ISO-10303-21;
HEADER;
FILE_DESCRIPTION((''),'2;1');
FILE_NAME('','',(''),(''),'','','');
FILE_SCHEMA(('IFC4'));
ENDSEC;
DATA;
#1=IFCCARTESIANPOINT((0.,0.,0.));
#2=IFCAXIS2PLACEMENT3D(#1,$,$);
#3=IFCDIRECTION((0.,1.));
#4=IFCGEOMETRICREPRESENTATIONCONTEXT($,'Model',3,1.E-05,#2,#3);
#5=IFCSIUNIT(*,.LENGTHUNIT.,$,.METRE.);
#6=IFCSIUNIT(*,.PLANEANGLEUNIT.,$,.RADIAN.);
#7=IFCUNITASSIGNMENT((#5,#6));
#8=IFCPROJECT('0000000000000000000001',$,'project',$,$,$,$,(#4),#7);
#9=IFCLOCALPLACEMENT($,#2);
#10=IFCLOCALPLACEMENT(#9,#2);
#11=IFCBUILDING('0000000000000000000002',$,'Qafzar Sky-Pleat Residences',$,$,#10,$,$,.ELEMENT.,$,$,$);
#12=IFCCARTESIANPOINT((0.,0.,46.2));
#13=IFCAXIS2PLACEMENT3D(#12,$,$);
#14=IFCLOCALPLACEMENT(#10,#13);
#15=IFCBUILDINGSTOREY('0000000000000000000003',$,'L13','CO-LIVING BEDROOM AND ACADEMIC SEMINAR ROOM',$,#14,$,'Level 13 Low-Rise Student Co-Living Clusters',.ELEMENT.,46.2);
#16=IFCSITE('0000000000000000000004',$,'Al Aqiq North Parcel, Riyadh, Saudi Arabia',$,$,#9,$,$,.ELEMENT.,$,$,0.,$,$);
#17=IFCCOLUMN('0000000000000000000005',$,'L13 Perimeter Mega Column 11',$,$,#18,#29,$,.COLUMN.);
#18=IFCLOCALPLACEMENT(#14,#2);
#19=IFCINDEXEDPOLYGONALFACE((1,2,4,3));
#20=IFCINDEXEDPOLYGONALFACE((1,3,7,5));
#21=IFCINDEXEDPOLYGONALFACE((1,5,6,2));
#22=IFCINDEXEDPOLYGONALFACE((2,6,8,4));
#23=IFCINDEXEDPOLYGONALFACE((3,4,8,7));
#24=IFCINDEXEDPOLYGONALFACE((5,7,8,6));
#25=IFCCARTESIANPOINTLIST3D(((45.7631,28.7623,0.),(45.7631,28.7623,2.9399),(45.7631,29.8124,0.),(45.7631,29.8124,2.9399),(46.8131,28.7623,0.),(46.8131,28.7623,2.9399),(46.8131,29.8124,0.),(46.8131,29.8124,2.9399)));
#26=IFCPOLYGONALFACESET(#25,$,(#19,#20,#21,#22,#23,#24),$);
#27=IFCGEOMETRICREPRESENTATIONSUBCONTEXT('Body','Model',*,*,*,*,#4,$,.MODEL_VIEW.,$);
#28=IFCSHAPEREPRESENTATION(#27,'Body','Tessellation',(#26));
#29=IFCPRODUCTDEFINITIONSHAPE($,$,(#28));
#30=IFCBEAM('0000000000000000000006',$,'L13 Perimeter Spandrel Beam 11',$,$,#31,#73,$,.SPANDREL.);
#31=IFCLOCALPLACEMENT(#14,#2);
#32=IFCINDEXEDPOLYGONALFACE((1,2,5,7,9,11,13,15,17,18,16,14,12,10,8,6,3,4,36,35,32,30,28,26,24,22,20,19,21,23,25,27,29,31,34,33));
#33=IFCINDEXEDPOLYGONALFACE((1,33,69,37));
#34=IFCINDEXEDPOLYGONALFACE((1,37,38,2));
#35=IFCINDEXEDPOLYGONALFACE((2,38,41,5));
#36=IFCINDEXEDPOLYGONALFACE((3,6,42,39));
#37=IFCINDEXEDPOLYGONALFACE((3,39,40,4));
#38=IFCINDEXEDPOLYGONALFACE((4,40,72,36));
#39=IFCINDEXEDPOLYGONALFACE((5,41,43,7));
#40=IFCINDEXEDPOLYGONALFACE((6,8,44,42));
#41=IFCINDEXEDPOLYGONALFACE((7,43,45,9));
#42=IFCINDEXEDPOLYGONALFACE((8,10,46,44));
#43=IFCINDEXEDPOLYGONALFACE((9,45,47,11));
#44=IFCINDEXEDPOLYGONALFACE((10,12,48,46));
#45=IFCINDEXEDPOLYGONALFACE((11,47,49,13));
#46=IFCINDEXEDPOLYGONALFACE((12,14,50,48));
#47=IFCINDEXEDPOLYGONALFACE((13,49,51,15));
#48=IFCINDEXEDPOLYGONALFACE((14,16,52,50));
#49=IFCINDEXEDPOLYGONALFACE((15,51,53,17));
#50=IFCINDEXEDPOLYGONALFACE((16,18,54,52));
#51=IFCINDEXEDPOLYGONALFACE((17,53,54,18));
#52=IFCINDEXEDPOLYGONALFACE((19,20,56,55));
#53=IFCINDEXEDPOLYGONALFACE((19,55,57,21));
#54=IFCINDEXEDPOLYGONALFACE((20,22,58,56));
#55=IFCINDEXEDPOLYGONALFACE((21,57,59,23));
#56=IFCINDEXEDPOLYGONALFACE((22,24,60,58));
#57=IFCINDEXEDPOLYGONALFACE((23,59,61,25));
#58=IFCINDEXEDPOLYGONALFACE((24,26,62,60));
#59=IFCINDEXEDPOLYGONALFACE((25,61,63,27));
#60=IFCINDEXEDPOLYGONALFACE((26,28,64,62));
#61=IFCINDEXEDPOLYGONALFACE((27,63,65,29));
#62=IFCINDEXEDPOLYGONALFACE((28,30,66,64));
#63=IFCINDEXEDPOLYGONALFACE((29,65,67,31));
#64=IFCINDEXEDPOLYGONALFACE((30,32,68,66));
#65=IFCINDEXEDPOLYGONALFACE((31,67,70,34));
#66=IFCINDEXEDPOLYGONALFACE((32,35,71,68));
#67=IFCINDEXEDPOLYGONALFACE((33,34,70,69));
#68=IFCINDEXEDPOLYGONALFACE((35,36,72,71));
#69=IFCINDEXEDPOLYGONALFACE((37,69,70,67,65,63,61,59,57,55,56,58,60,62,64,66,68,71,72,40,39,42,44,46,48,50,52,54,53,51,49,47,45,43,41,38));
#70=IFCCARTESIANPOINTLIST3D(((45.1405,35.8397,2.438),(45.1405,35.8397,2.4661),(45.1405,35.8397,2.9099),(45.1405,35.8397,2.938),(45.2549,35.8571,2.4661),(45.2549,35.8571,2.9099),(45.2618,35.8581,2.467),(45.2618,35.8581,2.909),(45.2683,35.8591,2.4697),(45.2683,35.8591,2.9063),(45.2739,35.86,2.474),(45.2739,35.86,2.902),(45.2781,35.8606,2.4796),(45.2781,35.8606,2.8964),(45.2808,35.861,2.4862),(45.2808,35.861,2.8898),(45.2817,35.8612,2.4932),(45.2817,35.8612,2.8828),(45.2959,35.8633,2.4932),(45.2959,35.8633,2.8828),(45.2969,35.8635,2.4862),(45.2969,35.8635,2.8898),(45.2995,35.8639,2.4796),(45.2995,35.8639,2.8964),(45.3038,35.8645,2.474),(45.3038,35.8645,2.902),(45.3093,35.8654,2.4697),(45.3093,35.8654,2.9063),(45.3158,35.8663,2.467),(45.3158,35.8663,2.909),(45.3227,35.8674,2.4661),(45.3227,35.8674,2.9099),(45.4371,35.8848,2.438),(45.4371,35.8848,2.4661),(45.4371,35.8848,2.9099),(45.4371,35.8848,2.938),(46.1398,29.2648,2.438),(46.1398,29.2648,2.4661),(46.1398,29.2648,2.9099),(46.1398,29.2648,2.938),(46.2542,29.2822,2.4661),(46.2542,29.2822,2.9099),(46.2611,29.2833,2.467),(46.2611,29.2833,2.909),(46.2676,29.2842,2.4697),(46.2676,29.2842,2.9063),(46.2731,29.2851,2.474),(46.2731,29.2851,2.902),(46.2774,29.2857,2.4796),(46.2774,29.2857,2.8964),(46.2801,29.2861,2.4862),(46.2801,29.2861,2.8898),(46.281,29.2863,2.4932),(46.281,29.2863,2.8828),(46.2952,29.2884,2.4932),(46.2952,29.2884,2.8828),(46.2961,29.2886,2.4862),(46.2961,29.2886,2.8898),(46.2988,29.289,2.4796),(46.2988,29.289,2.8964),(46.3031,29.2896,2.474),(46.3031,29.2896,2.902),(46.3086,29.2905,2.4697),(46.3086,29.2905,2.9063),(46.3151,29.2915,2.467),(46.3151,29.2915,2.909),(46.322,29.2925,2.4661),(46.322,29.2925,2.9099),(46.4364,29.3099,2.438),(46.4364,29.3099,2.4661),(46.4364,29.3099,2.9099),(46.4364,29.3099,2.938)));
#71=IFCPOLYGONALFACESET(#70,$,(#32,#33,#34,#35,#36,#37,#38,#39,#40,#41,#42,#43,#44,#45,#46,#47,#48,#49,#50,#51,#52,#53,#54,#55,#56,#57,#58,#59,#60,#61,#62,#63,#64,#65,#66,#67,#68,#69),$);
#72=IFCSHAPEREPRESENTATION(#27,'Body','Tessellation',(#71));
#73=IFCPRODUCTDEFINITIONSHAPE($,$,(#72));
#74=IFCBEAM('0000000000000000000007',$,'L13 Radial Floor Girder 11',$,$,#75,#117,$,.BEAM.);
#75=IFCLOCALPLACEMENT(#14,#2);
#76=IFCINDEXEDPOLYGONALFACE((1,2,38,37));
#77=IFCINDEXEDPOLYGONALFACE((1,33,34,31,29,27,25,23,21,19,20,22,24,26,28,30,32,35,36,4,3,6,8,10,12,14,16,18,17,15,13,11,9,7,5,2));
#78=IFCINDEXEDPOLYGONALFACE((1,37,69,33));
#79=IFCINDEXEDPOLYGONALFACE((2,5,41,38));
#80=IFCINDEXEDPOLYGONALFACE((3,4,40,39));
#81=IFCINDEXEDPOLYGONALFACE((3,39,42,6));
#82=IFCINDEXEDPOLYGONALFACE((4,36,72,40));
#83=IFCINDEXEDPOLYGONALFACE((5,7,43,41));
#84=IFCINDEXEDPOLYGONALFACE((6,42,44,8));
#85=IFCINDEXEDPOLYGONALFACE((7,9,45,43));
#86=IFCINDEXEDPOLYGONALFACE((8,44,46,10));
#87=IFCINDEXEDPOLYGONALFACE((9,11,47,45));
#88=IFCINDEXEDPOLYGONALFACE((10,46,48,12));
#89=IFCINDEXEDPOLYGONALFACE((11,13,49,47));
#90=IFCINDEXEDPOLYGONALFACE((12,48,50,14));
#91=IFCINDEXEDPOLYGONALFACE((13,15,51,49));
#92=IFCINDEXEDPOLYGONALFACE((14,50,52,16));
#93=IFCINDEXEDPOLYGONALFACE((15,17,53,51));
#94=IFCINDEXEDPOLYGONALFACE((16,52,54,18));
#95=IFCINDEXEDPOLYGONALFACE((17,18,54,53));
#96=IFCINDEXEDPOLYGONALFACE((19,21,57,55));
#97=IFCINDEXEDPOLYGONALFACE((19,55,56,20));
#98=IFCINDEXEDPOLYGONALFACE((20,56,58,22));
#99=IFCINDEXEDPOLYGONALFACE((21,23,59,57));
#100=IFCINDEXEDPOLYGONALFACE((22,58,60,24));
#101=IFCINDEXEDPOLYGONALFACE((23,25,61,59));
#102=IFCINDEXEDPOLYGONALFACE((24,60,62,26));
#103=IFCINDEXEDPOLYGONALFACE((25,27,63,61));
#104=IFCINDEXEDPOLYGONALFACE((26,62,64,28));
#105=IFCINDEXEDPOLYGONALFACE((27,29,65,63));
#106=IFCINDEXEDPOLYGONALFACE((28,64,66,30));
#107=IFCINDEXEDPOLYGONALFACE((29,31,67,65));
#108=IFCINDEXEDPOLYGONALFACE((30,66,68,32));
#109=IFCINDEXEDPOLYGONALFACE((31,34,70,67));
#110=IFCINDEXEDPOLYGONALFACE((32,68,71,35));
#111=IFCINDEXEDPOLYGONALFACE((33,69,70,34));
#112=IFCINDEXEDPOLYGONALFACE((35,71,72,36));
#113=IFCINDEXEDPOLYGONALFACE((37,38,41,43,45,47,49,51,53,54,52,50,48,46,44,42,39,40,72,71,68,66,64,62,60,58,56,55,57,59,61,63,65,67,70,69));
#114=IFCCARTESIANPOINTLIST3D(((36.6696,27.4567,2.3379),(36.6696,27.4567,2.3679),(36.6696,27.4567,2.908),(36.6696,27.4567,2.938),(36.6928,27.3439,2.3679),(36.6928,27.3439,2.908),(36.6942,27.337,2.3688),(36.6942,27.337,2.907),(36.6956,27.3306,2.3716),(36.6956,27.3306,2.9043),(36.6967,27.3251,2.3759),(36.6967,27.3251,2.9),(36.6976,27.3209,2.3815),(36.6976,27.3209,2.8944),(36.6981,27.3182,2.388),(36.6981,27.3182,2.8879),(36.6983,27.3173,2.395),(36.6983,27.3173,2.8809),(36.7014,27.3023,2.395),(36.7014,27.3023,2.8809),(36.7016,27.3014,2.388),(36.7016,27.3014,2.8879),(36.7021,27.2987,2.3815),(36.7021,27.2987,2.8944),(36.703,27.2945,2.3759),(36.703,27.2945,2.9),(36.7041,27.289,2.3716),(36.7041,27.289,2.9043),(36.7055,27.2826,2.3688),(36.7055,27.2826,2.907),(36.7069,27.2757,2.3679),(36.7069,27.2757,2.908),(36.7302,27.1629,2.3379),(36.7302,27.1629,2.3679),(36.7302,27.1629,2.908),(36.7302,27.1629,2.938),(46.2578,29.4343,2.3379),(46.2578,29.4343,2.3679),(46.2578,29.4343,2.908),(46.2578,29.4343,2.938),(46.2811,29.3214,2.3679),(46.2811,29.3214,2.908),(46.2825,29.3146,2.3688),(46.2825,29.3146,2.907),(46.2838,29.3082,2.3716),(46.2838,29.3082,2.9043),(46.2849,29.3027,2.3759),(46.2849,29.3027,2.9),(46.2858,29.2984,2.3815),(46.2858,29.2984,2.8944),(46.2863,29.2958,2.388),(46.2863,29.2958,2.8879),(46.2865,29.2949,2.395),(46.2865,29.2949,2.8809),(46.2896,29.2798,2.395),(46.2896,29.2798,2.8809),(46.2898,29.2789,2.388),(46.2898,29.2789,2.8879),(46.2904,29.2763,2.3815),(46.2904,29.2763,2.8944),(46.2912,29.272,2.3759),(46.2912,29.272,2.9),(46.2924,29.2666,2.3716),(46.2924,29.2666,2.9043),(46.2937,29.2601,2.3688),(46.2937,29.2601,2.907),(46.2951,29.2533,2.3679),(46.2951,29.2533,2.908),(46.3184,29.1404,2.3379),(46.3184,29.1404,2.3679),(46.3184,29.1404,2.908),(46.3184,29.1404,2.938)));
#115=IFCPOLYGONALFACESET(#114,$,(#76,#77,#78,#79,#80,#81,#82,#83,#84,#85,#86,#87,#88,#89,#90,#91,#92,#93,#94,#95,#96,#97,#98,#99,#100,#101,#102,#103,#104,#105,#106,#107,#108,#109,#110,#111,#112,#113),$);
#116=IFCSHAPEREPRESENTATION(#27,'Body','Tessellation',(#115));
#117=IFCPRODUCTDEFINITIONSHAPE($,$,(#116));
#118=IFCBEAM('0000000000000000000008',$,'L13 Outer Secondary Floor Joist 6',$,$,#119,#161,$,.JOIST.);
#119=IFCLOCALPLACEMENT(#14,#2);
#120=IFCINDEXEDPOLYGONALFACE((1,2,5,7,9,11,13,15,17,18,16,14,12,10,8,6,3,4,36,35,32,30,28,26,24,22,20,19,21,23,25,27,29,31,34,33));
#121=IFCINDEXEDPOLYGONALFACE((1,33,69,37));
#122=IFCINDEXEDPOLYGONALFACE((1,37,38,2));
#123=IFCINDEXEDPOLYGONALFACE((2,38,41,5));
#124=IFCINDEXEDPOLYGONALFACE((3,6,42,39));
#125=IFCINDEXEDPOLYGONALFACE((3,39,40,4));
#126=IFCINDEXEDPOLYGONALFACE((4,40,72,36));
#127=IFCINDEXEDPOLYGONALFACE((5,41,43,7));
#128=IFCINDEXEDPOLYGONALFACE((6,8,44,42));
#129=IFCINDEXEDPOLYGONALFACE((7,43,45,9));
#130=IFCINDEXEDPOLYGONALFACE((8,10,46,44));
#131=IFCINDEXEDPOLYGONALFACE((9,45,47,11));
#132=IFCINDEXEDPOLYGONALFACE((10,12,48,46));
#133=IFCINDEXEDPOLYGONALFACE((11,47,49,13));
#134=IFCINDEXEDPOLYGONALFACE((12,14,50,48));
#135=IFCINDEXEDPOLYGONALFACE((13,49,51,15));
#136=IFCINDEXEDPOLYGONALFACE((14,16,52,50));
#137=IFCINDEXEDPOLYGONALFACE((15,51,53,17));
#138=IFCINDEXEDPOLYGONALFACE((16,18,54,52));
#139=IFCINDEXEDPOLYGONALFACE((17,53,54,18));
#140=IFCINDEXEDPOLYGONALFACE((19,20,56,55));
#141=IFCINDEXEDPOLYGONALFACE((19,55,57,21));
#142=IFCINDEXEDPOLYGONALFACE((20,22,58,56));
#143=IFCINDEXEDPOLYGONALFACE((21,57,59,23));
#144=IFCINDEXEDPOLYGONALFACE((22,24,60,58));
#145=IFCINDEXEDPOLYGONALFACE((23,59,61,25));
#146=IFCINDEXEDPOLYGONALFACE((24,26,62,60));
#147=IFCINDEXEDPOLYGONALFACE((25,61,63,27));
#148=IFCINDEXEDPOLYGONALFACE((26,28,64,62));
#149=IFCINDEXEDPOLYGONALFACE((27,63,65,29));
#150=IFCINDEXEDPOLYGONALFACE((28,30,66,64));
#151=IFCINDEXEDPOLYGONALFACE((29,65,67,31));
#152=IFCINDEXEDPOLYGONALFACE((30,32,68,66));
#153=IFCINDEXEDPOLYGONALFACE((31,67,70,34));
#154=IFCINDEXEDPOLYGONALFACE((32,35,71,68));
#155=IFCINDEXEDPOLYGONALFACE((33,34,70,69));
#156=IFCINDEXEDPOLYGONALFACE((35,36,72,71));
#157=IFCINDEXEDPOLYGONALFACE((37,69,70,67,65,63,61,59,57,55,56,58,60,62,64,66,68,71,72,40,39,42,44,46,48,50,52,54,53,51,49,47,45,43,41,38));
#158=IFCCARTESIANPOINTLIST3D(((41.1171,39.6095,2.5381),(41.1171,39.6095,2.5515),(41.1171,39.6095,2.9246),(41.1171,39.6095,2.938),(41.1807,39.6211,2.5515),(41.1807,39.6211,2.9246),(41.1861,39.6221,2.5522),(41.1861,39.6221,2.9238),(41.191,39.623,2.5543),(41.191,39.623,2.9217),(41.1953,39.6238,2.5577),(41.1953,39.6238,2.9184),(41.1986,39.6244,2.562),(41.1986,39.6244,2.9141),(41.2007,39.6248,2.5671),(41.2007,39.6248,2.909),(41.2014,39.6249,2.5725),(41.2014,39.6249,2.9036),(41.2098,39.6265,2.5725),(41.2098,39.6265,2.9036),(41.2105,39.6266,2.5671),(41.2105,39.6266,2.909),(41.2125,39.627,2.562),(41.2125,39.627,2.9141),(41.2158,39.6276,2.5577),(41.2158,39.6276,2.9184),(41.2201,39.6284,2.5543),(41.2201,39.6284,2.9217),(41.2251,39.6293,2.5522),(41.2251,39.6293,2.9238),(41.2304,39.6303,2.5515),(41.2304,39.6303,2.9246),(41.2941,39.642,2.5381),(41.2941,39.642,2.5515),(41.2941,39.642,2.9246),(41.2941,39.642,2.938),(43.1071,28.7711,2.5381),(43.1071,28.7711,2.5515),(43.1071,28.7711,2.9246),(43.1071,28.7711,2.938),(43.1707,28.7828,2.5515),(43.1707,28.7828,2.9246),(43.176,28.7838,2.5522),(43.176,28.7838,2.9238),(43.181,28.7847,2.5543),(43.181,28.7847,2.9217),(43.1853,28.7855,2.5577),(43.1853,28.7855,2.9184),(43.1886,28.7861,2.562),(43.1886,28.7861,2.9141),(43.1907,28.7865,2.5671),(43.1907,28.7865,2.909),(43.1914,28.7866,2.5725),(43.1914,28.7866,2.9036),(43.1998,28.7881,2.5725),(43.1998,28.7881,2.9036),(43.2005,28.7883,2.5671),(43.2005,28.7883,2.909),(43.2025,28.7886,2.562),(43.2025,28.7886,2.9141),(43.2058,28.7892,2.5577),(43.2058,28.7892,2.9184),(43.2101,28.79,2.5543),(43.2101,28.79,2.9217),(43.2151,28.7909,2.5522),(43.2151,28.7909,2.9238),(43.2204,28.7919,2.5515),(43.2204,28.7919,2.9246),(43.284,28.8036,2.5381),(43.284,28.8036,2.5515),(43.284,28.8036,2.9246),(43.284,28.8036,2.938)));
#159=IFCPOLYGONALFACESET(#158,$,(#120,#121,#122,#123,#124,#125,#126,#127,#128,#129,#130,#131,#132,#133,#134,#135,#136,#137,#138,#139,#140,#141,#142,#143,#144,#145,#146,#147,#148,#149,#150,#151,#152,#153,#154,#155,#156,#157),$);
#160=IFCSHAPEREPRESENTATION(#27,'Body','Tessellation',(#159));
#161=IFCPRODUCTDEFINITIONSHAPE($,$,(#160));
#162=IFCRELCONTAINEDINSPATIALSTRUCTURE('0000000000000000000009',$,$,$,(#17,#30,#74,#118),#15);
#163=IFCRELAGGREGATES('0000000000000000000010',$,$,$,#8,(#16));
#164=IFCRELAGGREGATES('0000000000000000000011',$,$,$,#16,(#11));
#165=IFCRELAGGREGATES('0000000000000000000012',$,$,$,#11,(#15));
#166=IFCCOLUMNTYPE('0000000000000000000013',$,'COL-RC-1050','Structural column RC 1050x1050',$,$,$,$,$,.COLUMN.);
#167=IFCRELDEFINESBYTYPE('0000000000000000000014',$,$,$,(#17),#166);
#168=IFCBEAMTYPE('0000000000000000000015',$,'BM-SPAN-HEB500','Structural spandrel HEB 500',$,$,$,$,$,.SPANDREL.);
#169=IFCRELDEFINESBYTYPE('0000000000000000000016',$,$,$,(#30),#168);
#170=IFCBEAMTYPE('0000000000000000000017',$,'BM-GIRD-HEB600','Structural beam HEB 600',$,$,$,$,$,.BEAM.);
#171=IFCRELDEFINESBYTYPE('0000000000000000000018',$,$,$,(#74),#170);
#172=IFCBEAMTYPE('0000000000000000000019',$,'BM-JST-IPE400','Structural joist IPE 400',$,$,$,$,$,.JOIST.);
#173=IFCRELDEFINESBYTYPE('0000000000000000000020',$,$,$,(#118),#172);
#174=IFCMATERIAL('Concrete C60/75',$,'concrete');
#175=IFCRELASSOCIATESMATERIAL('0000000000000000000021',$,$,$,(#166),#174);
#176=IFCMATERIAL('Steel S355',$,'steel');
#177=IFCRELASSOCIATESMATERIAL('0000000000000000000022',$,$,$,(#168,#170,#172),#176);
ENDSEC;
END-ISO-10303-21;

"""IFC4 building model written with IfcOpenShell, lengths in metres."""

from ifc_helpers import new_model, si_unit, direction, frame, origin, origin_2d, place, context, subcontext, project, spatial, rectangle, i_section, extrude, source, transform, mapped, material, material_profile, profile_set, type_object, element, save


model = new_model("IFC4")

# Units and contexts
model_context = context("Model", 3, precision=1e-05, world=origin(), true_north=direction((0.0, 1.0)))
body_context = subcontext(model_context, "Body", "Model", "MODEL_VIEW")
ifc_project = project(units=[si_unit("LENGTHUNIT", "METRE"), si_unit("PLANEANGLEUNIT", "RADIAN")], contexts=[model_context])

# Site, building, storey
site_placement = place(None, origin())
site = spatial("IfcSite", under=ifc_project, at=site_placement, Name="Al Aqiq North Parcel, Riyadh, Saudi Arabia", CompositionType="ELEMENT", RefElevation=0.0)
building_placement = place(site_placement, origin())
building = spatial("IfcBuilding", under=site, at=building_placement, Name="Qafzar Sky-Pleat Residences", CompositionType="ELEMENT")
storey_placement = place(building_placement, frame((0.0, 0.0, 46.2)))
storey = spatial("IfcBuildingStorey", under=building, at=storey_placement, Name="L13", Description="CO-LIVING BEDROOM AND ACADEMIC SEMINAR ROOM", LongName="Level 13 Low-Rise Student Co-Living Clusters", CompositionType="ELEMENT", Elevation=46.2)

# Column
ifc_material_1 = material(Name="Concrete C60/75", Category="concrete")
ifc_material_profile_1 = material_profile(ifc_material_1, rectangle(XDim=1.05, YDim=1.05, at=origin_2d()), Name="RC 1050x1050")
ifc_profile_set_1 = profile_set([ifc_material_profile_1], Name="Concrete C60/75")
column_type = type_object("IfcColumnType", Name="COL-RC-1050", Description="Structural column RC 1050x1050", PredefinedType="COLUMN", material=ifc_profile_set_1)
shared_shape_1 = source(origin(), body_context, "Body", "SweptSolid", [
    extrude(rectangle(XDim=1.05, YDim=1.05, at=origin_2d()), origin(), (0.0, 0.0, 1.0), 2.9399),
])
column_placement = place(storey_placement, frame((46.2881, 29.2874, 0.0), z_axis=(0.0, 0.0, 1.0), x_axis=(1.0, 0.0, 0.0)))
element("IfcColumn", 1, at=column_placement, inside=storey, type_object=column_type, Name="L13 Perimeter Mega Column 11", PredefinedType="COLUMN", context=body_context, shape_type="MappedRepresentation", body=[
    mapped(shared_shape_1, transform((0.0, 0.0, 0.0), x_axis=(1.0, 0.0, 0.0), y_axis=(0.0, 1.0, 0.0), z_axis=(0.0, 0.0, 1.0), scale=1.0)),
])

# Beams
ifc_material_2 = material(Name="Steel S355", Category="steel")
ifc_material_profile_2 = material_profile(ifc_material_2, i_section(OverallWidth=0.3, OverallDepth=0.5, WebThickness=0.0144, FlangeThickness=0.0281, FilletRadius=0.0271, at=origin_2d()), Name="HEB 500")
ifc_profile_set_2 = profile_set([ifc_material_profile_2], Name="Steel S355")
beam_type_1 = type_object("IfcBeamType", Name="BM-SPAN-HEB500", Description="Structural spandrel HEB 500", PredefinedType="SPANDREL", material=ifc_profile_set_2)
shared_shape_2 = source(origin(), body_context, "Body", "SweptSolid", [
    extrude(i_section(OverallWidth=0.3, OverallDepth=0.5, WebThickness=0.0144, FlangeThickness=0.0281, FilletRadius=0.0271, at=origin_2d()), origin(), (0.0, 0.0, 1.0), 6.6504),
])
beam_1_placement = place(storey_placement, frame((46.2881, 29.2874, 2.688), z_axis=(-0.150256, 0.988647, 0.0), x_axis=(-0.988647, -0.150256, 0.0)))
element("IfcBeam", 2, at=beam_1_placement, inside=storey, type_object=beam_type_1, Name="L13 Perimeter Spandrel Beam 11", PredefinedType="SPANDREL", context=body_context, shape_type="MappedRepresentation", body=[
    mapped(shared_shape_2, transform((0.0, 0.0, 0.0), x_axis=(1.0, 0.0, 0.0), y_axis=(0.0, 1.0, 0.0), z_axis=(0.0, 0.0, 1.0), scale=1.0)),
])
ifc_material_profile_3 = material_profile(ifc_material_2, i_section(OverallWidth=0.3, OverallDepth=0.6001, WebThickness=0.0154, FlangeThickness=0.03, FilletRadius=0.0271, at=origin_2d()), Name="HEB 600")
ifc_profile_set_3 = profile_set([ifc_material_profile_3], Name="Steel S355")
beam_type_2 = type_object("IfcBeamType", Name="BM-GIRD-HEB600", Description="Structural beam HEB 600", PredefinedType="BEAM", material=ifc_profile_set_3)
shared_shape_3 = source(origin(), body_context, "Body", "SweptSolid", [
    extrude(i_section(OverallWidth=0.3, OverallDepth=0.6001, WebThickness=0.0154, FlangeThickness=0.03, FilletRadius=0.0271, at=origin_2d()), origin(), (0.0, 0.0, 1.0), 9.79),
])
beam_2_placement = place(storey_placement, frame((46.2881, 29.2874, 2.6379), z_axis=(-0.979386, -0.201997, 0.0), x_axis=(0.201997, -0.979386, 0.0)))
element("IfcBeam", 3, at=beam_2_placement, inside=storey, type_object=beam_type_2, Name="L13 Radial Floor Girder 11", PredefinedType="BEAM", context=body_context, shape_type="MappedRepresentation", body=[
    mapped(shared_shape_3, transform((0.0, 0.0, 0.0), x_axis=(1.0, 0.0, 0.0), y_axis=(0.0, 1.0, 0.0), z_axis=(0.0, 0.0, 1.0), scale=1.0)),
])
ifc_material_profile_4 = material_profile(ifc_material_2, i_section(OverallWidth=0.1799, OverallDepth=0.3999, WebThickness=0.0085, FlangeThickness=0.0134, FilletRadius=0.021, at=origin_2d()), Name="IPE 400")
ifc_profile_set_4 = profile_set([ifc_material_profile_4], Name="Steel S355")
beam_type_3 = type_object("IfcBeamType", Name="BM-JST-IPE400", Description="Structural joist IPE 400", PredefinedType="JOIST", material=ifc_profile_set_4)
shared_shape_4 = source(origin(), body_context, "Body", "SweptSolid", [
    extrude(i_section(OverallWidth=0.1799, OverallDepth=0.3999, WebThickness=0.0085, FlangeThickness=0.0134, FilletRadius=0.021, at=origin_2d()), origin(), (0.0, 0.0, 1.0), 11.0195),
])
beam_3_placement = place(storey_placement, frame((43.1956, 28.7874, 2.738), z_axis=(-0.180587, 0.983559, 0.0), x_axis=(-0.983559, -0.180587, 0.0)))
element("IfcBeam", 4, at=beam_3_placement, inside=storey, type_object=beam_type_3, Name="L13 Outer Secondary Floor Joist 6", PredefinedType="JOIST", context=body_context, shape_type="MappedRepresentation", body=[
    mapped(shared_shape_4, transform((0.0, 0.0, 0.0), x_axis=(1.0, 0.0, 0.0), y_axis=(0.0, 1.0, 0.0), z_axis=(0.0, 0.0, 1.0), scale=1.0)),
])

save(model, "model.ifc")
